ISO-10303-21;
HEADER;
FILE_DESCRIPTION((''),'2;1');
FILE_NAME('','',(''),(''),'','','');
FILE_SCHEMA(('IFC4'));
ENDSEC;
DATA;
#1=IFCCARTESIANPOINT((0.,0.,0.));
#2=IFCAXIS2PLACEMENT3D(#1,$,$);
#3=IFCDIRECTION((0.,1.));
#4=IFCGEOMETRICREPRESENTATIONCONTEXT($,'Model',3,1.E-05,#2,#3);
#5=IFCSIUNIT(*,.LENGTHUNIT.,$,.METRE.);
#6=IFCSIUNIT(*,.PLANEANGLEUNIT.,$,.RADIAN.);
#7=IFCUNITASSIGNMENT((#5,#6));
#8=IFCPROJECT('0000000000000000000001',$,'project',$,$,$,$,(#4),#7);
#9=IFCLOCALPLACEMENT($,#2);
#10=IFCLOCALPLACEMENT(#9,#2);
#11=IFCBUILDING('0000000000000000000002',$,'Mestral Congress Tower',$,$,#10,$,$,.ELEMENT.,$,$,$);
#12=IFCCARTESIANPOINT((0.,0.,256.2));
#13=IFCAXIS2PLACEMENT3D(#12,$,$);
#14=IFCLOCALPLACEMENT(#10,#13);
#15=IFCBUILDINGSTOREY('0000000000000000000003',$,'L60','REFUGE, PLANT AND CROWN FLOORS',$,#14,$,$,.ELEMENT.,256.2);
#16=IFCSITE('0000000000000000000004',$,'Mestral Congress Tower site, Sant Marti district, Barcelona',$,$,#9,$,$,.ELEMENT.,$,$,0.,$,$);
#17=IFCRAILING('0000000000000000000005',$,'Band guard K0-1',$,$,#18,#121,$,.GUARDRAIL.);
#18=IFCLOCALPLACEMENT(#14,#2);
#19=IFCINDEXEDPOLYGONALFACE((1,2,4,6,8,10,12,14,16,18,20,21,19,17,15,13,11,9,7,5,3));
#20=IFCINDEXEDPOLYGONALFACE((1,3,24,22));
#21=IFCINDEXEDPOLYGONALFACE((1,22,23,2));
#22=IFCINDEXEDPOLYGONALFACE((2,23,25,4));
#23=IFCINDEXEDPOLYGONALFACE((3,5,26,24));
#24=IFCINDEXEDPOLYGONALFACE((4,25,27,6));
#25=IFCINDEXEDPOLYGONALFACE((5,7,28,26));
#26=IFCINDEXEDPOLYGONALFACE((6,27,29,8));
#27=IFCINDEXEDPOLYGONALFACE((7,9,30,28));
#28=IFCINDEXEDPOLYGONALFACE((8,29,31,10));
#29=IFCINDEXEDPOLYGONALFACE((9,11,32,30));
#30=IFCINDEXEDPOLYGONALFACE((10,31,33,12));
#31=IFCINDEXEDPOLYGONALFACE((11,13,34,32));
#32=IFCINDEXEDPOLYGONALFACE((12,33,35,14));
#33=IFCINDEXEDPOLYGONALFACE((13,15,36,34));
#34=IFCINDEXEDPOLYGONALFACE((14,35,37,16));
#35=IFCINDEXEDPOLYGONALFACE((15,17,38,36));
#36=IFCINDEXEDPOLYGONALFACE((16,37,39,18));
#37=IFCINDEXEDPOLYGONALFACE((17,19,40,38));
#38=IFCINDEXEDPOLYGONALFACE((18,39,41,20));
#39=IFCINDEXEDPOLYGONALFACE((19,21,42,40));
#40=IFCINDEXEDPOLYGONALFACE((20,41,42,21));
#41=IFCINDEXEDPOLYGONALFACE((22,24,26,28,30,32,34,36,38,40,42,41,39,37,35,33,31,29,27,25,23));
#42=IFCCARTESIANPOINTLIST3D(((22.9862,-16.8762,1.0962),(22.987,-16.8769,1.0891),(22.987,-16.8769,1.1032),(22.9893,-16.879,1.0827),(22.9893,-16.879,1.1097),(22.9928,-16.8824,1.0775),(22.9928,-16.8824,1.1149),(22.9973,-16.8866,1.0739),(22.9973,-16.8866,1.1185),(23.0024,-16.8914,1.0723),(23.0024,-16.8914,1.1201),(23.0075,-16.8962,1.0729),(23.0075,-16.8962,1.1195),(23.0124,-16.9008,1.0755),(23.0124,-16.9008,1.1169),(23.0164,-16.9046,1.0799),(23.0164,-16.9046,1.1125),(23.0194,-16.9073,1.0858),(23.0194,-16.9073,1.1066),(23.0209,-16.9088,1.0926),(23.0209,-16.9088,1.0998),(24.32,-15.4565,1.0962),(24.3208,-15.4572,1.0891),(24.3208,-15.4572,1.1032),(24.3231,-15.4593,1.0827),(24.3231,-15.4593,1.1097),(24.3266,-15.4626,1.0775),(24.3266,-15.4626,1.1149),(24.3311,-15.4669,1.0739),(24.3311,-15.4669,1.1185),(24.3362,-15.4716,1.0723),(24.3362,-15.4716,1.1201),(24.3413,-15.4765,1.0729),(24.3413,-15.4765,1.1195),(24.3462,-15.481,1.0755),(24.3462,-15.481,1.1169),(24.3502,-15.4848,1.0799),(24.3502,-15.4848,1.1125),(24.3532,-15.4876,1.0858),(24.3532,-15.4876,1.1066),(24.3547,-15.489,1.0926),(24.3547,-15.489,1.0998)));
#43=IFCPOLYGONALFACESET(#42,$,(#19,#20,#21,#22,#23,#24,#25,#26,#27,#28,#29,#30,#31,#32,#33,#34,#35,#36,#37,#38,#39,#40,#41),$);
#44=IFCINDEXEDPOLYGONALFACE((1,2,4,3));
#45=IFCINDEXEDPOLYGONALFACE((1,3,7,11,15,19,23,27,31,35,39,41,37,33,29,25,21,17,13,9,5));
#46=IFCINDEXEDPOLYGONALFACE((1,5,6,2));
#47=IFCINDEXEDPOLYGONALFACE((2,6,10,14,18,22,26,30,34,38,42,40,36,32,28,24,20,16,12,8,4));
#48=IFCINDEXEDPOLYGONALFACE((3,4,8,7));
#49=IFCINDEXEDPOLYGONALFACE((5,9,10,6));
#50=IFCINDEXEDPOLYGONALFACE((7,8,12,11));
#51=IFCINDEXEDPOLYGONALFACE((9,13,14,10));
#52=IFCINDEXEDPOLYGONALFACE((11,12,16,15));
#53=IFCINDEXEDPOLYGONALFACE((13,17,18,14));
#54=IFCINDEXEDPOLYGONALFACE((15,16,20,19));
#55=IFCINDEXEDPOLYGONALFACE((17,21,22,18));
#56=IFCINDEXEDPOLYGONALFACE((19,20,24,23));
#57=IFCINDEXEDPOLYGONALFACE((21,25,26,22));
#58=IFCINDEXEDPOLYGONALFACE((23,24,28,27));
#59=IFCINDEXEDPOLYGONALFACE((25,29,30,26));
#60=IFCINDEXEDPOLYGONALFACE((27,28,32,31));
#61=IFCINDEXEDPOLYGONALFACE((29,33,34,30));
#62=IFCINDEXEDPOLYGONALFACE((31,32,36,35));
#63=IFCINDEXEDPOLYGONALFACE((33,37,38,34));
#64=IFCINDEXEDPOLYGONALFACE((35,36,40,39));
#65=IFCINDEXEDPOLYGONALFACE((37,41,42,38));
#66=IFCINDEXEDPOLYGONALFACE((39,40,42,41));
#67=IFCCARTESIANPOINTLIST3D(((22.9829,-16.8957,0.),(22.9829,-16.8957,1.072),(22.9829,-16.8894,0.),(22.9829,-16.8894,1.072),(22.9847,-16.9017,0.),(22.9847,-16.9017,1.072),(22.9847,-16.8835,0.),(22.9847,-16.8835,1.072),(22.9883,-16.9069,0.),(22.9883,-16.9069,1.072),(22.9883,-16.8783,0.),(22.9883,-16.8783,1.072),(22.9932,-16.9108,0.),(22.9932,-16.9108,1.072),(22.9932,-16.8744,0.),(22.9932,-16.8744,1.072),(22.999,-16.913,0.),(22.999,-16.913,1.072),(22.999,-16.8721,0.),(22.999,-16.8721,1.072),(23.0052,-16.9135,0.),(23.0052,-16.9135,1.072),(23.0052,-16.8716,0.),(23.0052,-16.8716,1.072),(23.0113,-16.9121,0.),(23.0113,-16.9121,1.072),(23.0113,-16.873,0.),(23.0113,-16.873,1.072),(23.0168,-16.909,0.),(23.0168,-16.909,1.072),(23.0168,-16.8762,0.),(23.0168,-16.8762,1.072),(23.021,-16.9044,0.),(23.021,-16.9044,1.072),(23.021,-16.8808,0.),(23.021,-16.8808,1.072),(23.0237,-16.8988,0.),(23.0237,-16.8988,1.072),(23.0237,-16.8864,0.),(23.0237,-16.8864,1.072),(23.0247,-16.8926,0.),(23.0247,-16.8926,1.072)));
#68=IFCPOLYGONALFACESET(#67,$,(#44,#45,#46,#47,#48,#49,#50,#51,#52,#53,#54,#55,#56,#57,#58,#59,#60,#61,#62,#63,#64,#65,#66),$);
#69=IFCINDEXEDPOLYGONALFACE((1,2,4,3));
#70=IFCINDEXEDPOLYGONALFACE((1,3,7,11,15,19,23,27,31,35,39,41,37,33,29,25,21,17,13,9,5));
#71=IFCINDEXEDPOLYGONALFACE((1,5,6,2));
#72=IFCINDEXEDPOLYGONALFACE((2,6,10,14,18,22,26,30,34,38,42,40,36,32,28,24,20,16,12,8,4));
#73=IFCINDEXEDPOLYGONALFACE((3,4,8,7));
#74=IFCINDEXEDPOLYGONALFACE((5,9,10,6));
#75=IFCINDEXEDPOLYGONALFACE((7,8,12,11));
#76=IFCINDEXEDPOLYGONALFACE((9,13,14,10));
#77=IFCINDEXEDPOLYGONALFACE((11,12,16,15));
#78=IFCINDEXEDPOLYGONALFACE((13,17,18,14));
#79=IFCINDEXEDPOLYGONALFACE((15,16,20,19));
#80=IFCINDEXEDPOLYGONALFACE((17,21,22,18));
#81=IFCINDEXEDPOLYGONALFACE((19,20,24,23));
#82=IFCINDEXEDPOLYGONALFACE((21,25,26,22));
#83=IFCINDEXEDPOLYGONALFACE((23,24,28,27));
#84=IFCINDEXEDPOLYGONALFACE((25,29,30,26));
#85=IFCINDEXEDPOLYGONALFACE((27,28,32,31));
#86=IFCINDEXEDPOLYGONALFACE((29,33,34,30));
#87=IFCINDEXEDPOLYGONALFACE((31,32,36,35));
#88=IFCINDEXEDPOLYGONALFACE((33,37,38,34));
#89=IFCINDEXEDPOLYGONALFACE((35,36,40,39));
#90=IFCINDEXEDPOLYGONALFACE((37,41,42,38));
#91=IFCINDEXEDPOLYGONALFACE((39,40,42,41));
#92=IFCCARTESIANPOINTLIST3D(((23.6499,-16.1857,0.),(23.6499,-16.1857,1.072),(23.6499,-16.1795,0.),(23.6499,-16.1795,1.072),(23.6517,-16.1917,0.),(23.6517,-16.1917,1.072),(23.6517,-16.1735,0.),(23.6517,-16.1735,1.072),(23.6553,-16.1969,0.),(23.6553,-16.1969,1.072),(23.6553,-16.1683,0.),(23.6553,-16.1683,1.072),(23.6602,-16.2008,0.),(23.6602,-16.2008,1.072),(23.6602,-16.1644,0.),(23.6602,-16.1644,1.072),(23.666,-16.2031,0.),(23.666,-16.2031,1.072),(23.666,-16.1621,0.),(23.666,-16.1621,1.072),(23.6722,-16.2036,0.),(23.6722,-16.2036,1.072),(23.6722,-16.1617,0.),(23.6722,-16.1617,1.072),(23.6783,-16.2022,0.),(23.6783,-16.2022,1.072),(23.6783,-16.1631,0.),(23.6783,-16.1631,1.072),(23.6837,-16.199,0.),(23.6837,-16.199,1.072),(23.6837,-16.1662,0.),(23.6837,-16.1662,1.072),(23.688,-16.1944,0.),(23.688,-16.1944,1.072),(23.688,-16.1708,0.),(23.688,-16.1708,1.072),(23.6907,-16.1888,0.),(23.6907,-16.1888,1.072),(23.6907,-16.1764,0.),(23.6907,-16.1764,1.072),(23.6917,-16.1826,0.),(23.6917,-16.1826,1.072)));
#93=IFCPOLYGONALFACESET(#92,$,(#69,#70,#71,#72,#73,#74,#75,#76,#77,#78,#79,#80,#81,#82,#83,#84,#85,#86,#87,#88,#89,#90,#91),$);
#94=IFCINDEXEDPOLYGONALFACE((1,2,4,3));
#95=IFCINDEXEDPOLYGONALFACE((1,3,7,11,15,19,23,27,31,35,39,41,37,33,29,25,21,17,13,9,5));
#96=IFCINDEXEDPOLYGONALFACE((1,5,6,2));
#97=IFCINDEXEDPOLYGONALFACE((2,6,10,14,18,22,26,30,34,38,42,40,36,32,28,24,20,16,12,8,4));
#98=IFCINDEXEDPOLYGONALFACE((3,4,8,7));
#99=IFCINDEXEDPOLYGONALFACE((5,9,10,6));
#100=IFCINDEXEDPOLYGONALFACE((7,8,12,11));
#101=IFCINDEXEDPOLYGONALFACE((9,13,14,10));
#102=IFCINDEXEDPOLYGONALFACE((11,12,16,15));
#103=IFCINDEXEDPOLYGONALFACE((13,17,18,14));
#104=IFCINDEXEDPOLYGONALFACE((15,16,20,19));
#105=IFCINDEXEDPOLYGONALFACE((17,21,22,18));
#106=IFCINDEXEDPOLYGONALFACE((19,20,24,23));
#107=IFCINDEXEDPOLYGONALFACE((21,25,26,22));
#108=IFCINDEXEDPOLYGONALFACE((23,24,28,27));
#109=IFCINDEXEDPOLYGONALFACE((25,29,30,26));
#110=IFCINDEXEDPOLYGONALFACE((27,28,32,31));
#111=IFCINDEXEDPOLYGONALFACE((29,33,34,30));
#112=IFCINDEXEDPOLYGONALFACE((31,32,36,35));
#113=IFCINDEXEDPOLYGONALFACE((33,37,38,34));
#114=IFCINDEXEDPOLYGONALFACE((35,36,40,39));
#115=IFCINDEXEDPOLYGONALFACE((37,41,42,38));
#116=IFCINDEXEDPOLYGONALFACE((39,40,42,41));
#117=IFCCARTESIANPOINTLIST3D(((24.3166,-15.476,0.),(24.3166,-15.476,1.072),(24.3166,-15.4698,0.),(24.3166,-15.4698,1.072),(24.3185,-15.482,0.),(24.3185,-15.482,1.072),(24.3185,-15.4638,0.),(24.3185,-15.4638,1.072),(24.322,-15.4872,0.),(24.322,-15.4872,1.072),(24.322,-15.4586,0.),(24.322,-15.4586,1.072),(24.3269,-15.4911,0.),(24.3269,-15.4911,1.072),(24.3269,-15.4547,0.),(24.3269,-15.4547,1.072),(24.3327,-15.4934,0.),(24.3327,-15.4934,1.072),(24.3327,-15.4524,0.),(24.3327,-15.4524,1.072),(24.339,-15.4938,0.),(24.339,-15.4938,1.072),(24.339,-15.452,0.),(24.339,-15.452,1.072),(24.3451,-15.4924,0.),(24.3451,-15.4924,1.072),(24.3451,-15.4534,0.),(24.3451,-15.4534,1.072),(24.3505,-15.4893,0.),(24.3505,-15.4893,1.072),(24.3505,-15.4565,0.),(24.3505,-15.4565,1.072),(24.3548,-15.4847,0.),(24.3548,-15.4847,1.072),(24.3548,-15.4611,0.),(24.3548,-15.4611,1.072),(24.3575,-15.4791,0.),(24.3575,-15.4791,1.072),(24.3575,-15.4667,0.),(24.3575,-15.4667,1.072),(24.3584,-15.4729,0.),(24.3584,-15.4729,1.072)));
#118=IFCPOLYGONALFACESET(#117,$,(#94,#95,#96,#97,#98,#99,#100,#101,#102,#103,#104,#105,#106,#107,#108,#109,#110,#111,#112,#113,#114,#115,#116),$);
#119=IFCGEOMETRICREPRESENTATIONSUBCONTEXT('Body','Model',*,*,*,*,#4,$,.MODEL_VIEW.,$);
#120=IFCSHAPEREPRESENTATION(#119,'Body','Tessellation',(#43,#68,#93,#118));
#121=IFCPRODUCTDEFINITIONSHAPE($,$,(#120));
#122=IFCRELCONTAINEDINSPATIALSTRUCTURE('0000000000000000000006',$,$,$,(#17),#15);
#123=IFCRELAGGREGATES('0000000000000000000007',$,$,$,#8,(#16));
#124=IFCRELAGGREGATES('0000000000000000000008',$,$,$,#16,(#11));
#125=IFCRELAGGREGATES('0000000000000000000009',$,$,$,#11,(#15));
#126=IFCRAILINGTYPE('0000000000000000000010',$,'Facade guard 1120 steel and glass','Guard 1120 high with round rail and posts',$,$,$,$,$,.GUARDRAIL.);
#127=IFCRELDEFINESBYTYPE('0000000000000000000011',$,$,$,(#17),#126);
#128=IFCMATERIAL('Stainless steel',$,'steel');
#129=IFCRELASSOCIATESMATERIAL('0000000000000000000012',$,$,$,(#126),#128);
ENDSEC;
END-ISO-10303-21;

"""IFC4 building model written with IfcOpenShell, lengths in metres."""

from ifc_helpers import new_model, si_unit, direction, frame, origin, origin_2d, place, context, subcontext, project, spatial, circle, extrude, material, type_object, element, save


model = new_model("IFC4")

# Units and contexts
model_context = context("Model", 3, precision=1e-05, world=origin(), true_north=direction((0.0, 1.0)))
body_context = subcontext(model_context, "Body", "Model", "MODEL_VIEW")
ifc_project = project(units=[si_unit("LENGTHUNIT", "METRE"), si_unit("PLANEANGLEUNIT", "RADIAN")], contexts=[model_context])

# Site, building, storey
site_placement = place(None, origin())
site = spatial("IfcSite", under=ifc_project, at=site_placement, Name="Mestral Congress Tower site, Sant Marti district, Barcelona", CompositionType="ELEMENT", RefElevation=0.0)
building_placement = place(site_placement, origin())
building = spatial("IfcBuilding", under=site, at=building_placement, Name="Mestral Congress Tower", CompositionType="ELEMENT")
storey_placement = place(building_placement, frame((0.0, 0.0, 256.2)))
storey = spatial("IfcBuildingStorey", under=building, at=storey_placement, Name="L60", Description="REFUGE, PLANT AND CROWN FLOORS", CompositionType="ELEMENT", Elevation=256.2)

# Railing
ifc_material_1 = material(Name="Stainless steel", Category="steel")
railing_type = type_object("IfcRailingType", Name="Facade guard 1120 steel and glass", Description="Guard 1120 high with round rail and posts", PredefinedType="GUARDRAIL", material=ifc_material_1)
railing_1_placement = place(storey_placement, frame((23.0037, -16.8926, 0.0)))
element("IfcRailing", 1, at=railing_1_placement, inside=storey, type_object=railing_type, Name="Band guard K0-1", PredefinedType="GUARDRAIL", context=body_context, shape_type="SweptSolid", body=[
    extrude(circle(Radius=0.0239, at=origin_2d()), frame((0.0, 0.0, 1.0962), z_axis=(0.684704, 0.728822, 0.0), x_axis=(-0.728822, 0.684704, 0.0)), (0.0, 0.0, 1.0), 1.948),
    extrude(circle(Radius=0.021, at=origin_2d()), origin(), (0.0, 0.0, 1.0), 1.072),
    extrude(circle(Radius=0.021, at=origin_2d()), frame((0.667, 0.71, 0.0)), (0.0, 0.0, 1.0), 1.072),
    extrude(circle(Radius=0.021, at=origin_2d()), frame((1.3337, 1.4197, 0.0)), (0.0, 0.0, 1.0), 1.072),
])

save(model, "model.ifc")
